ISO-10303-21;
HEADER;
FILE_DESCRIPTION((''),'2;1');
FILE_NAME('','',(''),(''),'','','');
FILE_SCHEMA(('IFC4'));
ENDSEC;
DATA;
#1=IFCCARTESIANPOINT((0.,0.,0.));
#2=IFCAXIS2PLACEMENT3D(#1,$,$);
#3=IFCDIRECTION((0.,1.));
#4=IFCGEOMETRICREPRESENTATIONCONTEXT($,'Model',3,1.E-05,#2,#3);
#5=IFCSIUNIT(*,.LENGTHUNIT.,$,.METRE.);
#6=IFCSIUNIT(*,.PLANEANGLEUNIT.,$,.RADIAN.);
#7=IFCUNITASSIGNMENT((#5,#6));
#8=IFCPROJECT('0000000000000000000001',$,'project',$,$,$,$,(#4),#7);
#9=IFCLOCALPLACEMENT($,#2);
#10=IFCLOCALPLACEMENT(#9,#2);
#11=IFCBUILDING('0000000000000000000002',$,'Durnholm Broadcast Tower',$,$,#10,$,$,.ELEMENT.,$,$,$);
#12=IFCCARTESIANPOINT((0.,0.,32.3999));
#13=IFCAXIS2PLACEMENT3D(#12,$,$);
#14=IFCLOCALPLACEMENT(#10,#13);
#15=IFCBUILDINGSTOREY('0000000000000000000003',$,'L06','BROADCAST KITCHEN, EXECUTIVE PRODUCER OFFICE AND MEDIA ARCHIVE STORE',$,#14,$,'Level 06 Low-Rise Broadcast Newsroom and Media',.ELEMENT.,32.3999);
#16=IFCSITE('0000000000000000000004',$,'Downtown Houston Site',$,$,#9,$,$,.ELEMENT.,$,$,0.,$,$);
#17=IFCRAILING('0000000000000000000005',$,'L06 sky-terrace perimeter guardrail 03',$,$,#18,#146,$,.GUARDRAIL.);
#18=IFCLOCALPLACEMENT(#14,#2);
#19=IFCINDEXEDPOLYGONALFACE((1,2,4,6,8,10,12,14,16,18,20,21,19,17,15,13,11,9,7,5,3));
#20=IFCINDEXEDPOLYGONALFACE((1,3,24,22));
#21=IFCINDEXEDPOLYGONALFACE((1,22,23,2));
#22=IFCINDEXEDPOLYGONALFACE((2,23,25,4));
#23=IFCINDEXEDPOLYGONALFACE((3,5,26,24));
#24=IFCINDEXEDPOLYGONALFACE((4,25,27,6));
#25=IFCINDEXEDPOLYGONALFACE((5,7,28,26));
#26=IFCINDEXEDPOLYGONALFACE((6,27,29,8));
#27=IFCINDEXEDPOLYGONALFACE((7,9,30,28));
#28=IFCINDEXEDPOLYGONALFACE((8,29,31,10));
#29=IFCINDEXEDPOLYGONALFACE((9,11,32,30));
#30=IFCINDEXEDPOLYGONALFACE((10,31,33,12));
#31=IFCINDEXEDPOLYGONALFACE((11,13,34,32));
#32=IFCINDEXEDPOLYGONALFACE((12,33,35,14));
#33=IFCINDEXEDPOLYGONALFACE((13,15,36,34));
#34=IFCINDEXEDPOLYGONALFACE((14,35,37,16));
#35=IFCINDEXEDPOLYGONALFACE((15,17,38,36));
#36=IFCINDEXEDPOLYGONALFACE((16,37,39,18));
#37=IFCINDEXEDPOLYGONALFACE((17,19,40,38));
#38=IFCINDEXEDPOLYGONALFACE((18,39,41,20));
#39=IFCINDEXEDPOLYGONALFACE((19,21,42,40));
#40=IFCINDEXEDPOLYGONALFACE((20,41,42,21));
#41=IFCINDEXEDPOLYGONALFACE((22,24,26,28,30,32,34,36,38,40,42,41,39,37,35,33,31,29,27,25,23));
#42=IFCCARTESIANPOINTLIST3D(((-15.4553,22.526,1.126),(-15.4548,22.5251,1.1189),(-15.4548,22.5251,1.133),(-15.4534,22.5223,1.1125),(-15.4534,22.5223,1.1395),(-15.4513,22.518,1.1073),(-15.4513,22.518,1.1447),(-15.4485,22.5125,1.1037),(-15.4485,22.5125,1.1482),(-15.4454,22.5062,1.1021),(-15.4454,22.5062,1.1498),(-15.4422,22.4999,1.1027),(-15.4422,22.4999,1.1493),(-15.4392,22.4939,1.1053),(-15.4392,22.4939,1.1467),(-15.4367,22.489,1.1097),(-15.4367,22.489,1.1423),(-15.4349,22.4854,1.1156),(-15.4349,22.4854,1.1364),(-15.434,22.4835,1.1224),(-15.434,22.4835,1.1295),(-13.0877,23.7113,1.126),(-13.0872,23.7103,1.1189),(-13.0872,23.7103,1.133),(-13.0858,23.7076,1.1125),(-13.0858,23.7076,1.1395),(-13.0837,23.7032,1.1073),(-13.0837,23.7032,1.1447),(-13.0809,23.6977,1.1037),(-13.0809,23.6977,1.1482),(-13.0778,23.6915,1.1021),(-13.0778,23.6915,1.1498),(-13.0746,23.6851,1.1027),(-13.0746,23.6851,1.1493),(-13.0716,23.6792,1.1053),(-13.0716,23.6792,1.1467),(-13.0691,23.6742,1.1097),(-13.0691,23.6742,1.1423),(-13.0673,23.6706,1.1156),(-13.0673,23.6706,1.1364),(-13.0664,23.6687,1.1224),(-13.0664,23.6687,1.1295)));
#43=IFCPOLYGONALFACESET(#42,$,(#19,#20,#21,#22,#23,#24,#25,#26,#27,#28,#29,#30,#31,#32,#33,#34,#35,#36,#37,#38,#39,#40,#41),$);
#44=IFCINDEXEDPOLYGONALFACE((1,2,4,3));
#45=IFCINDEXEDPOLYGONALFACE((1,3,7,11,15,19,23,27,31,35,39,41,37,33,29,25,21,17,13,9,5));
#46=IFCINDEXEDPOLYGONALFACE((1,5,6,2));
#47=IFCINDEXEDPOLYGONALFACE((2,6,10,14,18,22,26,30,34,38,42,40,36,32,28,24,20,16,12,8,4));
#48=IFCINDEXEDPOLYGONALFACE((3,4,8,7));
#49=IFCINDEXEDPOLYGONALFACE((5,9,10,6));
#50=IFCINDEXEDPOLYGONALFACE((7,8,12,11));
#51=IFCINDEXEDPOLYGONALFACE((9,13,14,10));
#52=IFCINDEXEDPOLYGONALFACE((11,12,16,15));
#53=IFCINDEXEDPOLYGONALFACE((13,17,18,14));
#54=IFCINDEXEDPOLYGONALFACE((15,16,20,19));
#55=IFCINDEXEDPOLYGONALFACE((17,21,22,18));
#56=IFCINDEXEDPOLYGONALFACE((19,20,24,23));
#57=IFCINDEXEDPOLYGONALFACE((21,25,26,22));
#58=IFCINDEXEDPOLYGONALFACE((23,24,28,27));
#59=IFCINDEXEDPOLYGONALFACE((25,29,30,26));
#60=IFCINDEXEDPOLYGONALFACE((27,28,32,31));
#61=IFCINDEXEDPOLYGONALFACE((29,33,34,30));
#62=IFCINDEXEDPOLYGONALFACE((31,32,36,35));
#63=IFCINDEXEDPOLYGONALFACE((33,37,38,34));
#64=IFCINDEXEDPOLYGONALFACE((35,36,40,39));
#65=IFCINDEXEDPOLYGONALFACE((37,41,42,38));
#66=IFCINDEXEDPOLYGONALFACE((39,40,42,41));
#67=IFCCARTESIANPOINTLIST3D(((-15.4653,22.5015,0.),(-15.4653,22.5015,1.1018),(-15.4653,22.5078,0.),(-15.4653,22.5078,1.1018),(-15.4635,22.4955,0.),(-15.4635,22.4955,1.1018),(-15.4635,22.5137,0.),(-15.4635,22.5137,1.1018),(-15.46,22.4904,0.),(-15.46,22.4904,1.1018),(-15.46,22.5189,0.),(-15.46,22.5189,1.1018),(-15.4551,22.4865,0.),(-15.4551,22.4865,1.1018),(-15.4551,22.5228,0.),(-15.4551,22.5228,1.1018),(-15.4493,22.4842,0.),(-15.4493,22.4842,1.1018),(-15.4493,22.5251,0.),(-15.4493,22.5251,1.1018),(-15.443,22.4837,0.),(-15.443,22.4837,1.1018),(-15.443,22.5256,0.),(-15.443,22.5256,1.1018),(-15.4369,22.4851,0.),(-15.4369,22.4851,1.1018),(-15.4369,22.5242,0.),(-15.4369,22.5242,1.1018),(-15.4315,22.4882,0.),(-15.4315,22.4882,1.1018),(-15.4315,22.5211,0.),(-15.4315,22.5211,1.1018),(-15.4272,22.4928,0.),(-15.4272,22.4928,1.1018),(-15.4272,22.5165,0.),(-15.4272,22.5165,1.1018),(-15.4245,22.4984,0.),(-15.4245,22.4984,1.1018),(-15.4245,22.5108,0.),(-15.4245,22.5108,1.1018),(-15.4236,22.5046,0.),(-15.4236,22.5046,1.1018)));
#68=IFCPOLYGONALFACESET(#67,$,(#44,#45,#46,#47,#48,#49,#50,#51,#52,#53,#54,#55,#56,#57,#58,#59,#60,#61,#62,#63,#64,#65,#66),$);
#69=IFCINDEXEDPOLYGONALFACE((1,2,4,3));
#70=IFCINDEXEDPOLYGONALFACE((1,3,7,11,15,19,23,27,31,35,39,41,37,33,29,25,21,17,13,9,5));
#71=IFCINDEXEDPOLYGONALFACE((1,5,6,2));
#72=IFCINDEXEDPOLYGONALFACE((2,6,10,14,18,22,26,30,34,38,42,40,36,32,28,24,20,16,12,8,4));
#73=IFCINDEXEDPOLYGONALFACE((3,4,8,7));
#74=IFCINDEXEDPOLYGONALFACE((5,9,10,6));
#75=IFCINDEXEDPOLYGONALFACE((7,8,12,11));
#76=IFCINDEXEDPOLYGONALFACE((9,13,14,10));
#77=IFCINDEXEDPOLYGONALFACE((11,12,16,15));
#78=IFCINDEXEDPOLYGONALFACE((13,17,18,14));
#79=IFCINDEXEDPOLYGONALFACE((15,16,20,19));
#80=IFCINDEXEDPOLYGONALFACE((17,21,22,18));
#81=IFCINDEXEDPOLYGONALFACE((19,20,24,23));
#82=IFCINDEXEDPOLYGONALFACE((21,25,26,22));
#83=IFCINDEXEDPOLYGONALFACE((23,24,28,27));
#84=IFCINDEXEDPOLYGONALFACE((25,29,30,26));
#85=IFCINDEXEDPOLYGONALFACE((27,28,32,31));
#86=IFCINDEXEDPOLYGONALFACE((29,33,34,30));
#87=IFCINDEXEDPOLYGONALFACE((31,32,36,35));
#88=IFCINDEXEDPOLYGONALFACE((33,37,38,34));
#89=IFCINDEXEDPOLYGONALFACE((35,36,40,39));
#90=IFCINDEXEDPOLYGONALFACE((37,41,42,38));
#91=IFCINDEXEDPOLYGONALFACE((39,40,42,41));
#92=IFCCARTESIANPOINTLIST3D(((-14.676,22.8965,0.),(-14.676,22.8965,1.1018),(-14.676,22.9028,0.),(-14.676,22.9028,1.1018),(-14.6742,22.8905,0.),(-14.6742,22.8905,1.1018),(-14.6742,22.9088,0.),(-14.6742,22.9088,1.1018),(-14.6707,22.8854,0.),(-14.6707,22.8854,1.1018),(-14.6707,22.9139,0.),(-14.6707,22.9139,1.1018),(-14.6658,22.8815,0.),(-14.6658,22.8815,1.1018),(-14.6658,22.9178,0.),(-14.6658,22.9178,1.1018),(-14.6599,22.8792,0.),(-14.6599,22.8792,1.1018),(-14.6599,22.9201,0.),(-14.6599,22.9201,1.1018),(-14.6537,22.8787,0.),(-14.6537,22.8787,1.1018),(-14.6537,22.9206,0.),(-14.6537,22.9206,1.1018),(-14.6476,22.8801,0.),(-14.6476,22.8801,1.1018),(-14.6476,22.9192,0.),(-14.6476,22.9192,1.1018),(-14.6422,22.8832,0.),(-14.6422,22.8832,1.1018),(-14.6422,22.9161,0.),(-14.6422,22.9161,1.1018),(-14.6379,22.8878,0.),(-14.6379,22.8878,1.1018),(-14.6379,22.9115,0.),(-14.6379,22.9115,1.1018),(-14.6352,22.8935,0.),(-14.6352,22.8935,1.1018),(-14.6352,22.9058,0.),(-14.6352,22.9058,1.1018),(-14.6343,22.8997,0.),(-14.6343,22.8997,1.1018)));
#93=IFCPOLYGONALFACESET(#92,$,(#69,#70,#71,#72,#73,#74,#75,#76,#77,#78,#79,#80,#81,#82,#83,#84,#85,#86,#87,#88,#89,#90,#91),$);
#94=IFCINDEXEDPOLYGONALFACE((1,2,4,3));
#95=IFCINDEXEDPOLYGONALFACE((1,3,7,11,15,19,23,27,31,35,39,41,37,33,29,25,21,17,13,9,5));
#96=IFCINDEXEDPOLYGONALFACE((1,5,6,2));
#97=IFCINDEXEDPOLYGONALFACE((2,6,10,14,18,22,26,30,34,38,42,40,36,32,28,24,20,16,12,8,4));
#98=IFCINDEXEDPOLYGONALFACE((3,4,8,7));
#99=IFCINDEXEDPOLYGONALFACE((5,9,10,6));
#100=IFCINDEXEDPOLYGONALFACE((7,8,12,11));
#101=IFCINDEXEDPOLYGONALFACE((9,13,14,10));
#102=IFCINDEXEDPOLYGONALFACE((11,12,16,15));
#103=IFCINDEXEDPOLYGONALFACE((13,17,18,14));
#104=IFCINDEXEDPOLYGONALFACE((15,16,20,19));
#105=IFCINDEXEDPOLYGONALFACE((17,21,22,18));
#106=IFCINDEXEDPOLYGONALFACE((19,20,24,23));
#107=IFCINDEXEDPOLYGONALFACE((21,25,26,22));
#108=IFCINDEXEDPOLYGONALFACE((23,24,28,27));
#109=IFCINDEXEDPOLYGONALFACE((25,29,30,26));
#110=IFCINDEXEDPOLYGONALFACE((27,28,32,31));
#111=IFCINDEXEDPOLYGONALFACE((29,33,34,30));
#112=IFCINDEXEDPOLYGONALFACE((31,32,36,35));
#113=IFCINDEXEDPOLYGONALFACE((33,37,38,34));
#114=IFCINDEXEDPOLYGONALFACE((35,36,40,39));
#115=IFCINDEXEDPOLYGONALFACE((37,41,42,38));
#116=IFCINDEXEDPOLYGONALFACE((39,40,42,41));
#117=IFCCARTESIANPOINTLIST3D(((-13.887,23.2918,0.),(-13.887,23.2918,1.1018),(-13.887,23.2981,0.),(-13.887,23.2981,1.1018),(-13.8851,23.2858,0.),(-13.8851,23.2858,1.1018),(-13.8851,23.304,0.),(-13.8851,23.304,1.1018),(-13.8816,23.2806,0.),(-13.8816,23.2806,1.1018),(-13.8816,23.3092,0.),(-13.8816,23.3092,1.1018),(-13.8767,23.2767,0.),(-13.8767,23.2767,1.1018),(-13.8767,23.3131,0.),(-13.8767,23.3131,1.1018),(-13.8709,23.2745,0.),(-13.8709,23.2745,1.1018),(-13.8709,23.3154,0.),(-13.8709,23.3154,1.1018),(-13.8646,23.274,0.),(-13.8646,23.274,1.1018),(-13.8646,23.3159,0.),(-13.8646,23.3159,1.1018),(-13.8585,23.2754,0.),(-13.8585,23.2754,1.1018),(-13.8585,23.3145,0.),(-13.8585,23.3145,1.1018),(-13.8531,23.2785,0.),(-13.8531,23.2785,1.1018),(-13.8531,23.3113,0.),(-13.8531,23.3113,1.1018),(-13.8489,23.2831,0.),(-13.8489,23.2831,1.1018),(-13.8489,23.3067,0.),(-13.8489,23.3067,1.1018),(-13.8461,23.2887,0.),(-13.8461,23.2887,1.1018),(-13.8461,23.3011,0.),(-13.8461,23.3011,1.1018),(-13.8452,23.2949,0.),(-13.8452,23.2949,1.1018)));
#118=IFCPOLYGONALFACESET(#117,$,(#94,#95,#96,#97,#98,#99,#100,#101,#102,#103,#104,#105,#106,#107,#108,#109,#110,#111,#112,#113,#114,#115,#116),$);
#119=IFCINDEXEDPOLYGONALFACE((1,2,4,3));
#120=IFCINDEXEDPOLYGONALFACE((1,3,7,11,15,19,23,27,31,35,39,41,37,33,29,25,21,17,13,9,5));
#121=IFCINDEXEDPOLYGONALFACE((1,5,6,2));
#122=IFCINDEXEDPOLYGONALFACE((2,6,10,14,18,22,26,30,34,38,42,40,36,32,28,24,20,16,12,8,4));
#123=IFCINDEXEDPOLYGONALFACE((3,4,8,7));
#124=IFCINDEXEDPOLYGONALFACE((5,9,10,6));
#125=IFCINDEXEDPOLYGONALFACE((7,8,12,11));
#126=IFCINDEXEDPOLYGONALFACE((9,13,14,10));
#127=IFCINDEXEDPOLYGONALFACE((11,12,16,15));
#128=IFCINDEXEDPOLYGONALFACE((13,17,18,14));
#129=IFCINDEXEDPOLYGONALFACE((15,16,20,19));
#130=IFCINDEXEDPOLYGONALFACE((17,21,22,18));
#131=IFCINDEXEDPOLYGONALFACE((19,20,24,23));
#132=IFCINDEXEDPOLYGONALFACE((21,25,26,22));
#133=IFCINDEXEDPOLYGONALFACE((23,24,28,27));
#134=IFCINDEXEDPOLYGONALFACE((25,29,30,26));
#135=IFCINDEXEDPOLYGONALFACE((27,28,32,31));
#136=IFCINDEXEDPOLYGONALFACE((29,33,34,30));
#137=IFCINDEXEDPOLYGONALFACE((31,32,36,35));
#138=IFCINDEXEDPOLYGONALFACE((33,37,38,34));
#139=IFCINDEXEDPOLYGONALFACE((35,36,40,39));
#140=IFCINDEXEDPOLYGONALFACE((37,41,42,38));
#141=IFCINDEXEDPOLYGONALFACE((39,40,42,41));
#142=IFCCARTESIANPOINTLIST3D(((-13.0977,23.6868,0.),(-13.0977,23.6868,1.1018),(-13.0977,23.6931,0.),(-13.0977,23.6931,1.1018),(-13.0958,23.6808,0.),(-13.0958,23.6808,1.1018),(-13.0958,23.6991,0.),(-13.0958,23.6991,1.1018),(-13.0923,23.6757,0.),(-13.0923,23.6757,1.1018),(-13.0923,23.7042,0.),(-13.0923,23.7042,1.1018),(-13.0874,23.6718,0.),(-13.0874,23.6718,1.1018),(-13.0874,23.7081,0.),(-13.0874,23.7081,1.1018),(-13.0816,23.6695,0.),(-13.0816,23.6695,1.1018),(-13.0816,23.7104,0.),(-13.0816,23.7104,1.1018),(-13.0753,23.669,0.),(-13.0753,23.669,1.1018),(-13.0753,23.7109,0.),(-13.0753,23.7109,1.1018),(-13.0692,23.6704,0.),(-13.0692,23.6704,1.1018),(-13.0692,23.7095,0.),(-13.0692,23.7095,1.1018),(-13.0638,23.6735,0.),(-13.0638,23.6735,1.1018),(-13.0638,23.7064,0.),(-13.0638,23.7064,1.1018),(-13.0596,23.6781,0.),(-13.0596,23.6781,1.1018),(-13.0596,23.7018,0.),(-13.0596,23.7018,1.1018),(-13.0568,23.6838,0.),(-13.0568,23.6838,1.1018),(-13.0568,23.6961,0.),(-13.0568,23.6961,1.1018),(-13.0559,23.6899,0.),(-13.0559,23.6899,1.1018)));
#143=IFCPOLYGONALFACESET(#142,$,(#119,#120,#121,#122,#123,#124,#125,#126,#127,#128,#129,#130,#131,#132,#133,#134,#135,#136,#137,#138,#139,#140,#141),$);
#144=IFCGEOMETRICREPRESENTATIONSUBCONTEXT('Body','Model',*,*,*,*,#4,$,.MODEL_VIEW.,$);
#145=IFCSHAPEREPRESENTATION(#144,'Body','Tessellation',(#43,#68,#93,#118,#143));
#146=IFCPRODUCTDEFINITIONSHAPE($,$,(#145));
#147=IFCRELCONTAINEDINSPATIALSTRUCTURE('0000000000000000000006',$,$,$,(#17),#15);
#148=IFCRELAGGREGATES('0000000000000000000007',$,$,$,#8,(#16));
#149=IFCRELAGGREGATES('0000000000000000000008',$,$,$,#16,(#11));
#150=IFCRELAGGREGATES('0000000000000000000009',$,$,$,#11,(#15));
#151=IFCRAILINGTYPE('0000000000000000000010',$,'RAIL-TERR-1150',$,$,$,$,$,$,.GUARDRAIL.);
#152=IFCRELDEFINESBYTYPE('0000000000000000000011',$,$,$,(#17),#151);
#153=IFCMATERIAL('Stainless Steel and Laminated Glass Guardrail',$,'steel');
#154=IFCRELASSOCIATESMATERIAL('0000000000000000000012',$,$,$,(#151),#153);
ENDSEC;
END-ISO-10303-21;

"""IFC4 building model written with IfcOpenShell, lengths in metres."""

from ifc_helpers import new_model, si_unit, direction, frame, origin, origin_2d, place, context, subcontext, project, spatial, circle, extrude, material, type_object, element, save


model = new_model("IFC4")

# Units and contexts
model_context = context("Model", 3, precision=1e-05, world=origin(), true_north=direction((0.0, 1.0)))
body_context = subcontext(model_context, "Body", "Model", "MODEL_VIEW")
ifc_project = project(units=[si_unit("LENGTHUNIT", "METRE"), si_unit("PLANEANGLEUNIT", "RADIAN")], contexts=[model_context])

# Site, building, storey
site_placement = place(None, origin())
site = spatial("IfcSite", under=ifc_project, at=site_placement, Name="Downtown Houston Site", CompositionType="ELEMENT", RefElevation=0.0)
building_placement = place(site_placement, origin())
building = spatial("IfcBuilding", under=site, at=building_placement, Name="Durnholm Broadcast Tower", CompositionType="ELEMENT")
storey_placement = place(building_placement, frame((0.0, 0.0, 32.3999)))
storey = spatial("IfcBuildingStorey", under=building, at=storey_placement, Name="L06", Description="BROADCAST KITCHEN, EXECUTIVE PRODUCER OFFICE AND MEDIA ARCHIVE STORE", LongName="Level 06 Low-Rise Broadcast Newsroom and Media", CompositionType="ELEMENT", Elevation=32.3999)

# Railing
ifc_material_1 = material(Name="Stainless Steel and Laminated Glass Guardrail", Category="steel")
railing_type = type_object("IfcRailingType", Name="RAIL-TERR-1150", PredefinedType="GUARDRAIL", material=ifc_material_1)
railing_1_placement = place(storey_placement, frame((-15.4446, 22.5046, 0.0)))
element("IfcRailing", 1, at=railing_1_placement, inside=storey, type_object=railing_type, Name="L06 sky-terrace perimeter guardrail 03", PredefinedType="GUARDRAIL", context=body_context, shape_type="SweptSolid", body=[
    extrude(circle(Radius=0.0239, at=origin_2d()), frame((0.0, 0.0, 1.126), z_axis=(0.894206, 0.447656, 0.0), x_axis=(-0.447656, 0.894206, 0.0)), (0.0, 0.0, 1.0), 2.6477),
    extrude(circle(Radius=0.021, at=origin_2d()), origin(), (0.0, 0.0, 1.0), 1.1018),
    extrude(circle(Radius=0.021, at=origin_2d()), frame((0.7893, 0.395, 0.0)), (0.0, 0.0, 1.0), 1.1018),
    extrude(circle(Radius=0.021, at=origin_2d()), frame((1.5784, 0.7903, 0.0)), (0.0, 0.0, 1.0), 1.1018),
    extrude(circle(Radius=0.021, at=origin_2d()), frame((2.3677, 1.1853, 0.0)), (0.0, 0.0, 1.0), 1.1018),
])

save(model, "model.ifc")
